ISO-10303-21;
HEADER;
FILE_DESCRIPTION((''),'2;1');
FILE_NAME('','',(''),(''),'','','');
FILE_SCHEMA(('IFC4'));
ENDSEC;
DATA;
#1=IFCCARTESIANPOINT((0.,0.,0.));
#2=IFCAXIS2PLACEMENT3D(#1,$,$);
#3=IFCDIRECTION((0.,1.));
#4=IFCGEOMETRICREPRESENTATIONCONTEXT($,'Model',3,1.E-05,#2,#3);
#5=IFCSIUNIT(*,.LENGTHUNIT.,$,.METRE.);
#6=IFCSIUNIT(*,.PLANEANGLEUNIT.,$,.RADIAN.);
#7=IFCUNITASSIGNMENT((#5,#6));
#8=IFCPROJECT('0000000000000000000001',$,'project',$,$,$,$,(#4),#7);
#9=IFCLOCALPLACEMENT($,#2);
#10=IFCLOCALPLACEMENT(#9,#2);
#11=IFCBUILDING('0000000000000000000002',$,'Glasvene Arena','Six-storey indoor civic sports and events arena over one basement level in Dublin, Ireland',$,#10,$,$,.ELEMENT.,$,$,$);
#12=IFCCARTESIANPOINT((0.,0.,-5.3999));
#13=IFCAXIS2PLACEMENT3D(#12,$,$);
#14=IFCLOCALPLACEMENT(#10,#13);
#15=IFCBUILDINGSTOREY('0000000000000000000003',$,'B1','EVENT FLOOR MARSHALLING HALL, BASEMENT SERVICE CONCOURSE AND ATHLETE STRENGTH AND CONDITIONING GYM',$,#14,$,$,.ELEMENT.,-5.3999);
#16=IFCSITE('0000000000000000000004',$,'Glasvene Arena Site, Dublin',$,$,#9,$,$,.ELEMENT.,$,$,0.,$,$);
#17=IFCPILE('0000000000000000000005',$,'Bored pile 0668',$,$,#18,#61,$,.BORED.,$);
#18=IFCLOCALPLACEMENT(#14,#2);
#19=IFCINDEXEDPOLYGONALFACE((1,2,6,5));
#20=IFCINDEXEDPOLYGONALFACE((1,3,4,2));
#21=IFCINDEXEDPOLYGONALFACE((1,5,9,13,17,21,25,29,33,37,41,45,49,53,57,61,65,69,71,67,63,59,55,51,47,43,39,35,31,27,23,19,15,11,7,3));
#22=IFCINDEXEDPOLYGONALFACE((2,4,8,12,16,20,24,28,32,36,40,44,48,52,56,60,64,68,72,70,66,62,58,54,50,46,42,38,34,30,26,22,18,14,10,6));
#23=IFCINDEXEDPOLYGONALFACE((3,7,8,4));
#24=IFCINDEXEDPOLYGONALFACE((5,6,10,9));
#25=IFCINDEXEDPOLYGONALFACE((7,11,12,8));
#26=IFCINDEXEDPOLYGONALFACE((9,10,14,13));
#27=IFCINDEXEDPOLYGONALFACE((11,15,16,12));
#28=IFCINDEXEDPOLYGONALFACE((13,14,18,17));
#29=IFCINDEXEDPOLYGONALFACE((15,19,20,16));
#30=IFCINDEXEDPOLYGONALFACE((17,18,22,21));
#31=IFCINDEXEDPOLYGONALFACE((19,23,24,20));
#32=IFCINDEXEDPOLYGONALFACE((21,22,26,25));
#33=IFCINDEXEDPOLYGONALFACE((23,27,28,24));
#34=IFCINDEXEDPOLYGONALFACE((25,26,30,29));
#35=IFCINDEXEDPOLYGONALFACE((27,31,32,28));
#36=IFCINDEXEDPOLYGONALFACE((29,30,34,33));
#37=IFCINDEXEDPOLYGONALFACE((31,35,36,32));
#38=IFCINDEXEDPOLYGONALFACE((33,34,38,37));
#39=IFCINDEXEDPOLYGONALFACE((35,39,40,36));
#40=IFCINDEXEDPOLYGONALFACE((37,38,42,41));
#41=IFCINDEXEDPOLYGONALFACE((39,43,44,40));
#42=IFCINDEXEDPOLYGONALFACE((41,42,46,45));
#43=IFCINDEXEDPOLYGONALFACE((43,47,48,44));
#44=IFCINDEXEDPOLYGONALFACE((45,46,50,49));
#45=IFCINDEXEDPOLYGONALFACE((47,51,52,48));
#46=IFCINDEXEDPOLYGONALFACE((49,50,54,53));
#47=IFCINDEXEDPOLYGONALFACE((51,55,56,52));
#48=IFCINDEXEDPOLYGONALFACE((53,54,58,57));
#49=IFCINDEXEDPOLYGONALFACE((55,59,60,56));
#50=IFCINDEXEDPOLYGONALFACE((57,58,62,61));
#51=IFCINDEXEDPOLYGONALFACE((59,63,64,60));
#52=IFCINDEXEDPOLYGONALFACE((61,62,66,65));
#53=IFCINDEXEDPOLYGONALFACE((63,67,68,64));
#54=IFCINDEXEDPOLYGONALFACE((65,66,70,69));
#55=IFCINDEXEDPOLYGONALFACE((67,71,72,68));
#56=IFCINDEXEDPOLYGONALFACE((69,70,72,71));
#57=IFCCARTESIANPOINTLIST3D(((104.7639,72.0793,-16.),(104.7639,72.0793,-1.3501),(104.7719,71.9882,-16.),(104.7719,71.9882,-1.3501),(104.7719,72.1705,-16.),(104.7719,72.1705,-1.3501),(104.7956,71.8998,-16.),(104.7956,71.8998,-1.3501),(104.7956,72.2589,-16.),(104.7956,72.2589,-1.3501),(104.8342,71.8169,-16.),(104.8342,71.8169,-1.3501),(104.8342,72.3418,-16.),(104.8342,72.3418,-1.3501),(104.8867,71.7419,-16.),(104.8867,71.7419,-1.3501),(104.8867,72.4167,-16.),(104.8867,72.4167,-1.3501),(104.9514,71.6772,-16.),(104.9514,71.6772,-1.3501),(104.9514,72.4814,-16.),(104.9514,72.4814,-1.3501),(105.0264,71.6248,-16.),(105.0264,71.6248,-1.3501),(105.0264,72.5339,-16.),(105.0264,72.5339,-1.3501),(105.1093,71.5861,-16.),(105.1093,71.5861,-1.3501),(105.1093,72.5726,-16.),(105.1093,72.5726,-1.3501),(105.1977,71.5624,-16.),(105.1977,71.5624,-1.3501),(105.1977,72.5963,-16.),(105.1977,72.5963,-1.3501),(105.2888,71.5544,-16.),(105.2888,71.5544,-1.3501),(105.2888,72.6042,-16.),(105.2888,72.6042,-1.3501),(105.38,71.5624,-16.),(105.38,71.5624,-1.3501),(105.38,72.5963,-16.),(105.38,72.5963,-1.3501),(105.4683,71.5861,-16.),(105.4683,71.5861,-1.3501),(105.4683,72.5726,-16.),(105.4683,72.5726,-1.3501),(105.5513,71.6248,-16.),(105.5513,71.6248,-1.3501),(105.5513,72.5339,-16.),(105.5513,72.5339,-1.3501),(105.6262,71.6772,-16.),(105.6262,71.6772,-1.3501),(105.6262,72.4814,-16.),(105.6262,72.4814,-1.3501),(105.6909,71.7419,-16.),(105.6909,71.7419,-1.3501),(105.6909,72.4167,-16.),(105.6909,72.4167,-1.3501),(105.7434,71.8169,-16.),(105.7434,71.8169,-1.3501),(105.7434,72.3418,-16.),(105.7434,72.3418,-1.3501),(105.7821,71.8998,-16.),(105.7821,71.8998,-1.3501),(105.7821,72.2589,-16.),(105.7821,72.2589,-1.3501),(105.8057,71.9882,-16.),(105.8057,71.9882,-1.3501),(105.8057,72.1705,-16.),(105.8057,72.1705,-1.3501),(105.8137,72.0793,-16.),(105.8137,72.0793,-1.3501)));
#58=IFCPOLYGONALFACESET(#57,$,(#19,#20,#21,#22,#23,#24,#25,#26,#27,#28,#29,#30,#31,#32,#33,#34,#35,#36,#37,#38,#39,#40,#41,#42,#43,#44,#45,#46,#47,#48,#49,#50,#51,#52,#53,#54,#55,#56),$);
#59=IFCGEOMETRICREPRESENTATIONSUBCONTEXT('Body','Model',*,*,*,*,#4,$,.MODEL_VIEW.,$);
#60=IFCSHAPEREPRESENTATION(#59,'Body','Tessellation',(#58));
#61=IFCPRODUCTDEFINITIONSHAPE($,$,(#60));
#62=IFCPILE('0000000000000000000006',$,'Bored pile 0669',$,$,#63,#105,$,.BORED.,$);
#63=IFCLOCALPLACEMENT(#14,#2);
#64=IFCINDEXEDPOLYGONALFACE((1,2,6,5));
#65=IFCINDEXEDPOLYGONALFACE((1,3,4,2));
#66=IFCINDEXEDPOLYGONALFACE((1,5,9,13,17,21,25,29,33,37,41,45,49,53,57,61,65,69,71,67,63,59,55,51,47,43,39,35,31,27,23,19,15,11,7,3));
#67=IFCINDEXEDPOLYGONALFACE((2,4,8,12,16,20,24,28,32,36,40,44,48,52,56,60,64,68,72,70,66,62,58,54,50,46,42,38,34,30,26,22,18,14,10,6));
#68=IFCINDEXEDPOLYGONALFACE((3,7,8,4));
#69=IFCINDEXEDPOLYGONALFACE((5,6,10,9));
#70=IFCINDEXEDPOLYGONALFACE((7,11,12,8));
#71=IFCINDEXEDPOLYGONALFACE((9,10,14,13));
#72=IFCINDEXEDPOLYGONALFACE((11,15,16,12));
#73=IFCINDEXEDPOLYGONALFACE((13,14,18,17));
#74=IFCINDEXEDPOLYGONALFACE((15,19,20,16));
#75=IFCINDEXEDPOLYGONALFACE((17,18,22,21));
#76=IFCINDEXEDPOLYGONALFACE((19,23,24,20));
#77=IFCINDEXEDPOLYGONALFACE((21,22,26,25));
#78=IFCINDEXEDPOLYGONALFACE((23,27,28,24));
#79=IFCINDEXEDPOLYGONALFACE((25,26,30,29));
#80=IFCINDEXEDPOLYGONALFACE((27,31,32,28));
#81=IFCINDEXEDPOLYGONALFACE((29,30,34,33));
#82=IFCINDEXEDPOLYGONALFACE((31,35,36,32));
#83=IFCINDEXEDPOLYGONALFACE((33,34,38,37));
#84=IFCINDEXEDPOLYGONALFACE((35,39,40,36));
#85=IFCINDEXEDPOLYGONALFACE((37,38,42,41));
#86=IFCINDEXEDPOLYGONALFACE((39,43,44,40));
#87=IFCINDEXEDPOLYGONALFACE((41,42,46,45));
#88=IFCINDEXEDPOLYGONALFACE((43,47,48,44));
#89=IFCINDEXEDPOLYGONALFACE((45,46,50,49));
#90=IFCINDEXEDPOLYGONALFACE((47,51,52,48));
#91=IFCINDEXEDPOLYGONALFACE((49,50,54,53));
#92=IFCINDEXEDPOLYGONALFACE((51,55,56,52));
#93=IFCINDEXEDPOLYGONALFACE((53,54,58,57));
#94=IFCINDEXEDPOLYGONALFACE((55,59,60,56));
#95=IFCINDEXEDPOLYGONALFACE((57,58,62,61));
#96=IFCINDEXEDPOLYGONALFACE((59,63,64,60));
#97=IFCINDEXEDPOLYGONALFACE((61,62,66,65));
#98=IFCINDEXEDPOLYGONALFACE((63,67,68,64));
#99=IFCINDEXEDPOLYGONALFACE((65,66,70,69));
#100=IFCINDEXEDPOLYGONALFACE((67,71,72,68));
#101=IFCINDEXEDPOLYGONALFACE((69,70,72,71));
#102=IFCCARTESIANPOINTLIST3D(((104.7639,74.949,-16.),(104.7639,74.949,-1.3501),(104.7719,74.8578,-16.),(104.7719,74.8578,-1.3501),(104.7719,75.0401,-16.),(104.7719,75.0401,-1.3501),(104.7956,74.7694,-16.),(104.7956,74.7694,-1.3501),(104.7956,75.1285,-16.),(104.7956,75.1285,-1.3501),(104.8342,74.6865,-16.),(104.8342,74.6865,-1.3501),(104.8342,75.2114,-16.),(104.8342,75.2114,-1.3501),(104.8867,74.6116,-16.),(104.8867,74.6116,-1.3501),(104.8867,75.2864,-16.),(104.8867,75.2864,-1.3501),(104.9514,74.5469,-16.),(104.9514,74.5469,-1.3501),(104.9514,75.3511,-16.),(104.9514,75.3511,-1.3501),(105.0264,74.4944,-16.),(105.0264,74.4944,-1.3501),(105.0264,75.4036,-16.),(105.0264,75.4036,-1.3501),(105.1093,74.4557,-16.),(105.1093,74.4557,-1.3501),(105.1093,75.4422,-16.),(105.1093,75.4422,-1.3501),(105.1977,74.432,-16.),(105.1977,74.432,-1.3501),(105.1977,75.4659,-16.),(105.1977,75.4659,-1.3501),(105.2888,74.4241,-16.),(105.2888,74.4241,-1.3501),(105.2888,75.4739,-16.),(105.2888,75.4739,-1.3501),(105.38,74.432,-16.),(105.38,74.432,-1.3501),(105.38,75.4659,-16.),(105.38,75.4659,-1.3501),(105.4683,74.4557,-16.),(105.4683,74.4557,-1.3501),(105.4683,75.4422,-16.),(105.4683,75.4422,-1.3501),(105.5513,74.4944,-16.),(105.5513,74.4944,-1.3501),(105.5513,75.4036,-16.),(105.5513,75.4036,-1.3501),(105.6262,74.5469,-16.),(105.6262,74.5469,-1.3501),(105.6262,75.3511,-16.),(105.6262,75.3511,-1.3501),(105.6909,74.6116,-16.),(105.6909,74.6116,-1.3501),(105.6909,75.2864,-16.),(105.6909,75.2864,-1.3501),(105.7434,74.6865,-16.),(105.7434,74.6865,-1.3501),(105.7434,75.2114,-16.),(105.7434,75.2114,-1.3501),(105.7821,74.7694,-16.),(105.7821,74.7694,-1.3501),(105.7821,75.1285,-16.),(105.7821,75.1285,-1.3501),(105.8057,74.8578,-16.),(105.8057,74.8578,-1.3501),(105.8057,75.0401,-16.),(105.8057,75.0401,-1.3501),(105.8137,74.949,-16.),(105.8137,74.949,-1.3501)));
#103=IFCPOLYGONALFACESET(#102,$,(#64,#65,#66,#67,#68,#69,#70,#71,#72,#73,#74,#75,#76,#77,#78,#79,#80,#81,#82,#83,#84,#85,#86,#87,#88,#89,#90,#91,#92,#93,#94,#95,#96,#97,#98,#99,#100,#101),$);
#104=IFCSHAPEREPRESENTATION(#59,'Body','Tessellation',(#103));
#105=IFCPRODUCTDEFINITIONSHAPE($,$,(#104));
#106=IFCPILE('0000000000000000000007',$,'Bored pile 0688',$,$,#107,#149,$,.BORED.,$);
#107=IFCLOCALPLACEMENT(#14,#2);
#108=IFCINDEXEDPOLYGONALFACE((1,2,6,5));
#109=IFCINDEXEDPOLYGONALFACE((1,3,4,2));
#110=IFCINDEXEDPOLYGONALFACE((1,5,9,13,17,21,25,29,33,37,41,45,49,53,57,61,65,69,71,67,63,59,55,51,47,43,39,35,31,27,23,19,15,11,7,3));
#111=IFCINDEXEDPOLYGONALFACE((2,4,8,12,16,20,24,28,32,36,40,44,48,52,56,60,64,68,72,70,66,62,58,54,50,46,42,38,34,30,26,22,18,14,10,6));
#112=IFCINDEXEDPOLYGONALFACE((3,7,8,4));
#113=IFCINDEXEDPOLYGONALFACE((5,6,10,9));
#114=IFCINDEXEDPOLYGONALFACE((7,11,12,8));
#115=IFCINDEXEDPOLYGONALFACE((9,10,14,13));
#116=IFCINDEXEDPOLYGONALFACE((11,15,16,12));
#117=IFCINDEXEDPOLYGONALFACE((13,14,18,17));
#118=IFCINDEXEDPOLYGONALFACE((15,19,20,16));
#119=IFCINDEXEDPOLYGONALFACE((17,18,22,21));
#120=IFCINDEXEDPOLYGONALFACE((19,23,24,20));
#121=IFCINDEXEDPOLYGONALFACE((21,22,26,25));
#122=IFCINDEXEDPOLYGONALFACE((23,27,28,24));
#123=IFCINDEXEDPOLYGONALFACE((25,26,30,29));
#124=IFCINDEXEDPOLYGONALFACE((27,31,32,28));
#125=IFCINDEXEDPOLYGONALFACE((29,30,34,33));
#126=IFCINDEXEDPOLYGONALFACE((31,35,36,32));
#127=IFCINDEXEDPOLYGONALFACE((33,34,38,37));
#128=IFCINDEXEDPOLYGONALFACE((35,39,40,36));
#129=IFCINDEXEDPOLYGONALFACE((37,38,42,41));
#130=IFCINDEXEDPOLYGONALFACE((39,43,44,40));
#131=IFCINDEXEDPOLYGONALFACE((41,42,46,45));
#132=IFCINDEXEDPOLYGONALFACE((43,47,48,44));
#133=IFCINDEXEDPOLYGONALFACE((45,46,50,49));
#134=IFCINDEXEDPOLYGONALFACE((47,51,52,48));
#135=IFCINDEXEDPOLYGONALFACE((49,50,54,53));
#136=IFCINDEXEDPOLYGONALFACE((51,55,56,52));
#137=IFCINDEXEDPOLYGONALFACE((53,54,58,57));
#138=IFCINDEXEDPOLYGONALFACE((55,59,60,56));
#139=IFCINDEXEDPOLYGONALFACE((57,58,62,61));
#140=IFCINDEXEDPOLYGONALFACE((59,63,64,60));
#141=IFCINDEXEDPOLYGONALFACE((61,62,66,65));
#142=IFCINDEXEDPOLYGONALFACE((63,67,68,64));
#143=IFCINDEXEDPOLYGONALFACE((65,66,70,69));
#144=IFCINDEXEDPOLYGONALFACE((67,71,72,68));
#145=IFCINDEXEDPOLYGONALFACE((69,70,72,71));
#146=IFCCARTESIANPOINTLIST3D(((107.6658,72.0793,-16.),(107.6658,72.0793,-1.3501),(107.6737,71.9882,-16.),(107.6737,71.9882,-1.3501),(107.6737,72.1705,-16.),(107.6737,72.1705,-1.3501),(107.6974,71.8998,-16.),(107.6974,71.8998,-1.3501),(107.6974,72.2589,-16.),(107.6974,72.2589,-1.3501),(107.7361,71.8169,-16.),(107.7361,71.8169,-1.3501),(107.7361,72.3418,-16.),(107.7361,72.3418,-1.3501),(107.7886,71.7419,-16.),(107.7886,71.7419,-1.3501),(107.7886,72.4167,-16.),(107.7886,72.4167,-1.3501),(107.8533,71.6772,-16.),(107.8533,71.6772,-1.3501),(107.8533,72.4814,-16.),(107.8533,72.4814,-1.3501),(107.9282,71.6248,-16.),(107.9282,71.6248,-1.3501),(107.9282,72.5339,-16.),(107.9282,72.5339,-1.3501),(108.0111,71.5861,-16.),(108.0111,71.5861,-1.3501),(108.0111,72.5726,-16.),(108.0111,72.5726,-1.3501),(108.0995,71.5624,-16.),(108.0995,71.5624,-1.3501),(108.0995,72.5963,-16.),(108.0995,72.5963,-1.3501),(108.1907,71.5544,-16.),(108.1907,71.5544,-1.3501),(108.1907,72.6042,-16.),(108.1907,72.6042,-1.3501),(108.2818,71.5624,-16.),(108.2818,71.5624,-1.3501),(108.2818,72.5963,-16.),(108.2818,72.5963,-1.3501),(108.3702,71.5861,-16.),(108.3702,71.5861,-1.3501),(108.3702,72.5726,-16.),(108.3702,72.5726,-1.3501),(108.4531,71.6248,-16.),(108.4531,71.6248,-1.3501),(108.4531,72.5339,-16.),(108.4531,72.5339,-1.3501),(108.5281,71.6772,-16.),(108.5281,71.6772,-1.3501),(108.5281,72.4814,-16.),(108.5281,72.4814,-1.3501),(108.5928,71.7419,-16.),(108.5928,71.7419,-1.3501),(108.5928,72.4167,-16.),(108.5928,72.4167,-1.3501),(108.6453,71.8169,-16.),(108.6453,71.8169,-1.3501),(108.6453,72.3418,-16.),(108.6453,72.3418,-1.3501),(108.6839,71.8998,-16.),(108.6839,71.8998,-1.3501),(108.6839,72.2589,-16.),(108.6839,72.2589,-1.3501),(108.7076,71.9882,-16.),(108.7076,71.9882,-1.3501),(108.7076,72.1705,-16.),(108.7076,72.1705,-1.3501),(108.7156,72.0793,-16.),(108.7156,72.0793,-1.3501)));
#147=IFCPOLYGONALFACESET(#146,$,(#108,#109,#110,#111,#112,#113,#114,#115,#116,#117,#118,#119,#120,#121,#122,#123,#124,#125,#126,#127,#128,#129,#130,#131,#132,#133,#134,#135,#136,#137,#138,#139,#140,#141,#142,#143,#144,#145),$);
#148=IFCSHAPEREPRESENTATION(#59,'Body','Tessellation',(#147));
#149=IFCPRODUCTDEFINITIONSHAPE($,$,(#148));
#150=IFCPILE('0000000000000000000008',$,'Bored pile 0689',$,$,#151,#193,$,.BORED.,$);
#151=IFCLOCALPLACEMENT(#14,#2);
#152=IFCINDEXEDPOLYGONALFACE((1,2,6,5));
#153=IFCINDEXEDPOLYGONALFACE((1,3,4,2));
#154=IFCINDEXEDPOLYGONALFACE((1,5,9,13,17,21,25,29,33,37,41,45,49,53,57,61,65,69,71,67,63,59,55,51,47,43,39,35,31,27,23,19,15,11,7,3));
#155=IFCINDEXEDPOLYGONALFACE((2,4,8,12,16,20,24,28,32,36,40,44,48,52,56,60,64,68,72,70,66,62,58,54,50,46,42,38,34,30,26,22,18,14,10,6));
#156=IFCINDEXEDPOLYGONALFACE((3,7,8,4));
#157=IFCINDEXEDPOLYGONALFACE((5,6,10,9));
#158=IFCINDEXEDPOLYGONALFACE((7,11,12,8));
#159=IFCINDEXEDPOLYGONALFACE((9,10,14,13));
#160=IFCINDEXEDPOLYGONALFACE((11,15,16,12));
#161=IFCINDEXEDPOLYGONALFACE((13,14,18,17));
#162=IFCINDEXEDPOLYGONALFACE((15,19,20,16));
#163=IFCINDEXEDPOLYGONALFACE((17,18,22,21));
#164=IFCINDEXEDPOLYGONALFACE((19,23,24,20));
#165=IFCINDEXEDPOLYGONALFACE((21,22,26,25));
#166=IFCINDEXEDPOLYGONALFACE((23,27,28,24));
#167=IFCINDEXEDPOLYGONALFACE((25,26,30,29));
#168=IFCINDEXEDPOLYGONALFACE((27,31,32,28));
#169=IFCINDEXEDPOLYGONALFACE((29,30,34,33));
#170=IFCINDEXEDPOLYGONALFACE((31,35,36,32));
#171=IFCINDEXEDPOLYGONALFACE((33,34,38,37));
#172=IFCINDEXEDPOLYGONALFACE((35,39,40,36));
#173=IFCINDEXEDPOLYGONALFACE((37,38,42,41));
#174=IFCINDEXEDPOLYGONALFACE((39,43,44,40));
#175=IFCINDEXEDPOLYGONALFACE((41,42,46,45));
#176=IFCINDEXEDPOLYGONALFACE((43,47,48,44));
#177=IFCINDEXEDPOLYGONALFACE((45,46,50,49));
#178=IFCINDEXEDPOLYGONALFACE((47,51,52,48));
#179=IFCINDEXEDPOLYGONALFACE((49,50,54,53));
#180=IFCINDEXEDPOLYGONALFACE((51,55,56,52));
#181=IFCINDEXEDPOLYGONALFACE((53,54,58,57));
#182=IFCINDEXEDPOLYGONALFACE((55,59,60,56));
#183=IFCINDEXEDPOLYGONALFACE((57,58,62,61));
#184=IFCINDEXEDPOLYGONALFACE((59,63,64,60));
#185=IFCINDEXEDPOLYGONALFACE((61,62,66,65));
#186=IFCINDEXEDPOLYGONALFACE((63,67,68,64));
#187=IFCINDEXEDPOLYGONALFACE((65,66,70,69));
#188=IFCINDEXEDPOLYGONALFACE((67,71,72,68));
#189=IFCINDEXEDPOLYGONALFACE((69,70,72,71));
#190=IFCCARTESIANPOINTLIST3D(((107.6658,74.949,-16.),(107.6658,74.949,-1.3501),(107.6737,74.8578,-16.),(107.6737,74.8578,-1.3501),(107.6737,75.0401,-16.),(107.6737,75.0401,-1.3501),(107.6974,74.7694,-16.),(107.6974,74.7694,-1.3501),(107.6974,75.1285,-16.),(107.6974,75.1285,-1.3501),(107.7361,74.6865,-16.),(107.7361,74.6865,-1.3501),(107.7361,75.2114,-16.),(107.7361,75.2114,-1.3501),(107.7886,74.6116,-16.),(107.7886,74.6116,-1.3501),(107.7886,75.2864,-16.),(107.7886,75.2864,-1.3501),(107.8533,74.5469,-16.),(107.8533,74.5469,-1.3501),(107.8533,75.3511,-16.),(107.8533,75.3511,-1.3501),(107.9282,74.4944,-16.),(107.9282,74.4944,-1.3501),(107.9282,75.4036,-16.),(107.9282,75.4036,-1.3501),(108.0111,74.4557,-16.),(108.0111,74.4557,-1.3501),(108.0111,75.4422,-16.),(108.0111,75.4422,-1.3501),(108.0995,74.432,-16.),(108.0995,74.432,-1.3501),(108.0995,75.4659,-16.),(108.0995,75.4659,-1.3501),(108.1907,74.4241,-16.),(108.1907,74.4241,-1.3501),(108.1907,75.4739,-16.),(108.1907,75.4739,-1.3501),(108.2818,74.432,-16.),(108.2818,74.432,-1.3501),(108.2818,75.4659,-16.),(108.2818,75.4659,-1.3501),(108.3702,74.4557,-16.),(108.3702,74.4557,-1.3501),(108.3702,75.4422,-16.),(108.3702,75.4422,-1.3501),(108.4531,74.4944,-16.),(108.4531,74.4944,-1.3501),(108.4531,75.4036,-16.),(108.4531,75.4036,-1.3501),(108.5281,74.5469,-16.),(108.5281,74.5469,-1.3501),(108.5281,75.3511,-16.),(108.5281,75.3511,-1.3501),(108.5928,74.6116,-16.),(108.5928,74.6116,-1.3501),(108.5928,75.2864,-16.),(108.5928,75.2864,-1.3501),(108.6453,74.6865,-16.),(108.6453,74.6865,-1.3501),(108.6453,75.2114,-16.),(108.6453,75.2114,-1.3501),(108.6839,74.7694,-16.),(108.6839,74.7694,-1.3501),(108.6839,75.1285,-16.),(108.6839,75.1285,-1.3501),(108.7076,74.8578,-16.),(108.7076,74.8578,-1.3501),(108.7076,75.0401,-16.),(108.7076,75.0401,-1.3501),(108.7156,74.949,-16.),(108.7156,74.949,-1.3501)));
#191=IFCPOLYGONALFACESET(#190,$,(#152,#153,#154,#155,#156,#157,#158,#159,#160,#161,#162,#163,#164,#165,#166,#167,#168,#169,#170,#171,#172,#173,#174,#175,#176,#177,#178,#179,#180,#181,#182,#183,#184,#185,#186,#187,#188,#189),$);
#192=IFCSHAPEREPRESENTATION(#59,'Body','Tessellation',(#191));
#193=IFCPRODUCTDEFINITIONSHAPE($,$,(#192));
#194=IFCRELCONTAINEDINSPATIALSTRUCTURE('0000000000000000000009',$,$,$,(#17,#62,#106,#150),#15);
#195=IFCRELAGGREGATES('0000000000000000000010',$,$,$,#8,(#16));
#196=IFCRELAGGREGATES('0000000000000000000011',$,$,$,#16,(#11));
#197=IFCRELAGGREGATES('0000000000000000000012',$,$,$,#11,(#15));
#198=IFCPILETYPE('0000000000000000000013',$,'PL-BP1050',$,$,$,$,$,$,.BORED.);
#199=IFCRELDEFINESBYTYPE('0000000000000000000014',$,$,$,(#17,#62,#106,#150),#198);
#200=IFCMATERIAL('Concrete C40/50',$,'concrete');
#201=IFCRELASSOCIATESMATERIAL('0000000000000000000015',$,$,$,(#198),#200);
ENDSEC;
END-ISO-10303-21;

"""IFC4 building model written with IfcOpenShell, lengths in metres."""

from ifc_helpers import new_model, si_unit, direction, frame, origin, origin_2d, place, context, subcontext, project, spatial, circle, extrude, material, material_profile, profile_set, type_object, element, save


model = new_model("IFC4")

# Units and contexts
model_context = context("Model", 3, precision=1e-05, world=origin(), true_north=direction((0.0, 1.0)))
body_context = subcontext(model_context, "Body", "Model", "MODEL_VIEW")
ifc_project = project(units=[si_unit("LENGTHUNIT", "METRE"), si_unit("PLANEANGLEUNIT", "RADIAN")], contexts=[model_context])

# Site, building, storey
site_placement = place(None, origin())
site = spatial("IfcSite", under=ifc_project, at=site_placement, Name="Glasvene Arena Site, Dublin", CompositionType="ELEMENT", RefElevation=0.0)
building_placement = place(site_placement, origin())
building = spatial("IfcBuilding", under=site, at=building_placement, Name="Glasvene Arena", Description="Six-storey indoor civic sports and events arena over one basement level in Dublin, Ireland", CompositionType="ELEMENT")
storey_placement = place(building_placement, frame((0.0, 0.0, -5.3999)))
storey = spatial("IfcBuildingStorey", under=building, at=storey_placement, Name="B1", Description="EVENT FLOOR MARSHALLING HALL, BASEMENT SERVICE CONCOURSE AND ATHLETE STRENGTH AND CONDITIONING GYM", CompositionType="ELEMENT", Elevation=-5.3999)

# Piles
ifc_material_1 = material(Name="Concrete C40/50", Category="concrete")
ifc_material_profile_1 = material_profile(ifc_material_1, circle(Radius=0.5249, at=origin_2d()), Name="BORED PILE 1050")
ifc_profile_set_1 = profile_set([ifc_material_profile_1], Name="Concrete C40/50")
pile_type = type_object("IfcPileType", Name="PL-BP1050", PredefinedType="BORED", material=ifc_profile_set_1)
for number, where, z_axis, x_axis, name in (
    (1, (105.2888, 72.0793, -1.3501), (0.0, 0.0, -1.0), (1.0, 0.0, 0.0), "Bored pile 0668"),
    (2, (105.2888, 74.949, -1.3501), (0.0, 0.0, -1.0), (1.0, 0.0, 0.0), "Bored pile 0669"),
    (3, (108.1907, 72.0793, -1.3501), (0.0, 0.0, -1.0), (1.0, 0.0, 0.0), "Bored pile 0688"),
    (4, (108.1907, 74.949, -1.3501), (0.0, 0.0, -1.0), (1.0, 0.0, 0.0), "Bored pile 0689"),
):
    element("IfcPile", number, at=place(storey_placement, frame(where, z_axis=z_axis, x_axis=x_axis)), inside=storey, type_object=pile_type, Name=name, PredefinedType="BORED", context=body_context, shape_type="SweptSolid", body=[
        extrude(circle(Radius=0.5249, at=origin_2d()), origin(), (0.0, 0.0, 1.0), 14.6499),
    ])

save(model, "model.ifc")
